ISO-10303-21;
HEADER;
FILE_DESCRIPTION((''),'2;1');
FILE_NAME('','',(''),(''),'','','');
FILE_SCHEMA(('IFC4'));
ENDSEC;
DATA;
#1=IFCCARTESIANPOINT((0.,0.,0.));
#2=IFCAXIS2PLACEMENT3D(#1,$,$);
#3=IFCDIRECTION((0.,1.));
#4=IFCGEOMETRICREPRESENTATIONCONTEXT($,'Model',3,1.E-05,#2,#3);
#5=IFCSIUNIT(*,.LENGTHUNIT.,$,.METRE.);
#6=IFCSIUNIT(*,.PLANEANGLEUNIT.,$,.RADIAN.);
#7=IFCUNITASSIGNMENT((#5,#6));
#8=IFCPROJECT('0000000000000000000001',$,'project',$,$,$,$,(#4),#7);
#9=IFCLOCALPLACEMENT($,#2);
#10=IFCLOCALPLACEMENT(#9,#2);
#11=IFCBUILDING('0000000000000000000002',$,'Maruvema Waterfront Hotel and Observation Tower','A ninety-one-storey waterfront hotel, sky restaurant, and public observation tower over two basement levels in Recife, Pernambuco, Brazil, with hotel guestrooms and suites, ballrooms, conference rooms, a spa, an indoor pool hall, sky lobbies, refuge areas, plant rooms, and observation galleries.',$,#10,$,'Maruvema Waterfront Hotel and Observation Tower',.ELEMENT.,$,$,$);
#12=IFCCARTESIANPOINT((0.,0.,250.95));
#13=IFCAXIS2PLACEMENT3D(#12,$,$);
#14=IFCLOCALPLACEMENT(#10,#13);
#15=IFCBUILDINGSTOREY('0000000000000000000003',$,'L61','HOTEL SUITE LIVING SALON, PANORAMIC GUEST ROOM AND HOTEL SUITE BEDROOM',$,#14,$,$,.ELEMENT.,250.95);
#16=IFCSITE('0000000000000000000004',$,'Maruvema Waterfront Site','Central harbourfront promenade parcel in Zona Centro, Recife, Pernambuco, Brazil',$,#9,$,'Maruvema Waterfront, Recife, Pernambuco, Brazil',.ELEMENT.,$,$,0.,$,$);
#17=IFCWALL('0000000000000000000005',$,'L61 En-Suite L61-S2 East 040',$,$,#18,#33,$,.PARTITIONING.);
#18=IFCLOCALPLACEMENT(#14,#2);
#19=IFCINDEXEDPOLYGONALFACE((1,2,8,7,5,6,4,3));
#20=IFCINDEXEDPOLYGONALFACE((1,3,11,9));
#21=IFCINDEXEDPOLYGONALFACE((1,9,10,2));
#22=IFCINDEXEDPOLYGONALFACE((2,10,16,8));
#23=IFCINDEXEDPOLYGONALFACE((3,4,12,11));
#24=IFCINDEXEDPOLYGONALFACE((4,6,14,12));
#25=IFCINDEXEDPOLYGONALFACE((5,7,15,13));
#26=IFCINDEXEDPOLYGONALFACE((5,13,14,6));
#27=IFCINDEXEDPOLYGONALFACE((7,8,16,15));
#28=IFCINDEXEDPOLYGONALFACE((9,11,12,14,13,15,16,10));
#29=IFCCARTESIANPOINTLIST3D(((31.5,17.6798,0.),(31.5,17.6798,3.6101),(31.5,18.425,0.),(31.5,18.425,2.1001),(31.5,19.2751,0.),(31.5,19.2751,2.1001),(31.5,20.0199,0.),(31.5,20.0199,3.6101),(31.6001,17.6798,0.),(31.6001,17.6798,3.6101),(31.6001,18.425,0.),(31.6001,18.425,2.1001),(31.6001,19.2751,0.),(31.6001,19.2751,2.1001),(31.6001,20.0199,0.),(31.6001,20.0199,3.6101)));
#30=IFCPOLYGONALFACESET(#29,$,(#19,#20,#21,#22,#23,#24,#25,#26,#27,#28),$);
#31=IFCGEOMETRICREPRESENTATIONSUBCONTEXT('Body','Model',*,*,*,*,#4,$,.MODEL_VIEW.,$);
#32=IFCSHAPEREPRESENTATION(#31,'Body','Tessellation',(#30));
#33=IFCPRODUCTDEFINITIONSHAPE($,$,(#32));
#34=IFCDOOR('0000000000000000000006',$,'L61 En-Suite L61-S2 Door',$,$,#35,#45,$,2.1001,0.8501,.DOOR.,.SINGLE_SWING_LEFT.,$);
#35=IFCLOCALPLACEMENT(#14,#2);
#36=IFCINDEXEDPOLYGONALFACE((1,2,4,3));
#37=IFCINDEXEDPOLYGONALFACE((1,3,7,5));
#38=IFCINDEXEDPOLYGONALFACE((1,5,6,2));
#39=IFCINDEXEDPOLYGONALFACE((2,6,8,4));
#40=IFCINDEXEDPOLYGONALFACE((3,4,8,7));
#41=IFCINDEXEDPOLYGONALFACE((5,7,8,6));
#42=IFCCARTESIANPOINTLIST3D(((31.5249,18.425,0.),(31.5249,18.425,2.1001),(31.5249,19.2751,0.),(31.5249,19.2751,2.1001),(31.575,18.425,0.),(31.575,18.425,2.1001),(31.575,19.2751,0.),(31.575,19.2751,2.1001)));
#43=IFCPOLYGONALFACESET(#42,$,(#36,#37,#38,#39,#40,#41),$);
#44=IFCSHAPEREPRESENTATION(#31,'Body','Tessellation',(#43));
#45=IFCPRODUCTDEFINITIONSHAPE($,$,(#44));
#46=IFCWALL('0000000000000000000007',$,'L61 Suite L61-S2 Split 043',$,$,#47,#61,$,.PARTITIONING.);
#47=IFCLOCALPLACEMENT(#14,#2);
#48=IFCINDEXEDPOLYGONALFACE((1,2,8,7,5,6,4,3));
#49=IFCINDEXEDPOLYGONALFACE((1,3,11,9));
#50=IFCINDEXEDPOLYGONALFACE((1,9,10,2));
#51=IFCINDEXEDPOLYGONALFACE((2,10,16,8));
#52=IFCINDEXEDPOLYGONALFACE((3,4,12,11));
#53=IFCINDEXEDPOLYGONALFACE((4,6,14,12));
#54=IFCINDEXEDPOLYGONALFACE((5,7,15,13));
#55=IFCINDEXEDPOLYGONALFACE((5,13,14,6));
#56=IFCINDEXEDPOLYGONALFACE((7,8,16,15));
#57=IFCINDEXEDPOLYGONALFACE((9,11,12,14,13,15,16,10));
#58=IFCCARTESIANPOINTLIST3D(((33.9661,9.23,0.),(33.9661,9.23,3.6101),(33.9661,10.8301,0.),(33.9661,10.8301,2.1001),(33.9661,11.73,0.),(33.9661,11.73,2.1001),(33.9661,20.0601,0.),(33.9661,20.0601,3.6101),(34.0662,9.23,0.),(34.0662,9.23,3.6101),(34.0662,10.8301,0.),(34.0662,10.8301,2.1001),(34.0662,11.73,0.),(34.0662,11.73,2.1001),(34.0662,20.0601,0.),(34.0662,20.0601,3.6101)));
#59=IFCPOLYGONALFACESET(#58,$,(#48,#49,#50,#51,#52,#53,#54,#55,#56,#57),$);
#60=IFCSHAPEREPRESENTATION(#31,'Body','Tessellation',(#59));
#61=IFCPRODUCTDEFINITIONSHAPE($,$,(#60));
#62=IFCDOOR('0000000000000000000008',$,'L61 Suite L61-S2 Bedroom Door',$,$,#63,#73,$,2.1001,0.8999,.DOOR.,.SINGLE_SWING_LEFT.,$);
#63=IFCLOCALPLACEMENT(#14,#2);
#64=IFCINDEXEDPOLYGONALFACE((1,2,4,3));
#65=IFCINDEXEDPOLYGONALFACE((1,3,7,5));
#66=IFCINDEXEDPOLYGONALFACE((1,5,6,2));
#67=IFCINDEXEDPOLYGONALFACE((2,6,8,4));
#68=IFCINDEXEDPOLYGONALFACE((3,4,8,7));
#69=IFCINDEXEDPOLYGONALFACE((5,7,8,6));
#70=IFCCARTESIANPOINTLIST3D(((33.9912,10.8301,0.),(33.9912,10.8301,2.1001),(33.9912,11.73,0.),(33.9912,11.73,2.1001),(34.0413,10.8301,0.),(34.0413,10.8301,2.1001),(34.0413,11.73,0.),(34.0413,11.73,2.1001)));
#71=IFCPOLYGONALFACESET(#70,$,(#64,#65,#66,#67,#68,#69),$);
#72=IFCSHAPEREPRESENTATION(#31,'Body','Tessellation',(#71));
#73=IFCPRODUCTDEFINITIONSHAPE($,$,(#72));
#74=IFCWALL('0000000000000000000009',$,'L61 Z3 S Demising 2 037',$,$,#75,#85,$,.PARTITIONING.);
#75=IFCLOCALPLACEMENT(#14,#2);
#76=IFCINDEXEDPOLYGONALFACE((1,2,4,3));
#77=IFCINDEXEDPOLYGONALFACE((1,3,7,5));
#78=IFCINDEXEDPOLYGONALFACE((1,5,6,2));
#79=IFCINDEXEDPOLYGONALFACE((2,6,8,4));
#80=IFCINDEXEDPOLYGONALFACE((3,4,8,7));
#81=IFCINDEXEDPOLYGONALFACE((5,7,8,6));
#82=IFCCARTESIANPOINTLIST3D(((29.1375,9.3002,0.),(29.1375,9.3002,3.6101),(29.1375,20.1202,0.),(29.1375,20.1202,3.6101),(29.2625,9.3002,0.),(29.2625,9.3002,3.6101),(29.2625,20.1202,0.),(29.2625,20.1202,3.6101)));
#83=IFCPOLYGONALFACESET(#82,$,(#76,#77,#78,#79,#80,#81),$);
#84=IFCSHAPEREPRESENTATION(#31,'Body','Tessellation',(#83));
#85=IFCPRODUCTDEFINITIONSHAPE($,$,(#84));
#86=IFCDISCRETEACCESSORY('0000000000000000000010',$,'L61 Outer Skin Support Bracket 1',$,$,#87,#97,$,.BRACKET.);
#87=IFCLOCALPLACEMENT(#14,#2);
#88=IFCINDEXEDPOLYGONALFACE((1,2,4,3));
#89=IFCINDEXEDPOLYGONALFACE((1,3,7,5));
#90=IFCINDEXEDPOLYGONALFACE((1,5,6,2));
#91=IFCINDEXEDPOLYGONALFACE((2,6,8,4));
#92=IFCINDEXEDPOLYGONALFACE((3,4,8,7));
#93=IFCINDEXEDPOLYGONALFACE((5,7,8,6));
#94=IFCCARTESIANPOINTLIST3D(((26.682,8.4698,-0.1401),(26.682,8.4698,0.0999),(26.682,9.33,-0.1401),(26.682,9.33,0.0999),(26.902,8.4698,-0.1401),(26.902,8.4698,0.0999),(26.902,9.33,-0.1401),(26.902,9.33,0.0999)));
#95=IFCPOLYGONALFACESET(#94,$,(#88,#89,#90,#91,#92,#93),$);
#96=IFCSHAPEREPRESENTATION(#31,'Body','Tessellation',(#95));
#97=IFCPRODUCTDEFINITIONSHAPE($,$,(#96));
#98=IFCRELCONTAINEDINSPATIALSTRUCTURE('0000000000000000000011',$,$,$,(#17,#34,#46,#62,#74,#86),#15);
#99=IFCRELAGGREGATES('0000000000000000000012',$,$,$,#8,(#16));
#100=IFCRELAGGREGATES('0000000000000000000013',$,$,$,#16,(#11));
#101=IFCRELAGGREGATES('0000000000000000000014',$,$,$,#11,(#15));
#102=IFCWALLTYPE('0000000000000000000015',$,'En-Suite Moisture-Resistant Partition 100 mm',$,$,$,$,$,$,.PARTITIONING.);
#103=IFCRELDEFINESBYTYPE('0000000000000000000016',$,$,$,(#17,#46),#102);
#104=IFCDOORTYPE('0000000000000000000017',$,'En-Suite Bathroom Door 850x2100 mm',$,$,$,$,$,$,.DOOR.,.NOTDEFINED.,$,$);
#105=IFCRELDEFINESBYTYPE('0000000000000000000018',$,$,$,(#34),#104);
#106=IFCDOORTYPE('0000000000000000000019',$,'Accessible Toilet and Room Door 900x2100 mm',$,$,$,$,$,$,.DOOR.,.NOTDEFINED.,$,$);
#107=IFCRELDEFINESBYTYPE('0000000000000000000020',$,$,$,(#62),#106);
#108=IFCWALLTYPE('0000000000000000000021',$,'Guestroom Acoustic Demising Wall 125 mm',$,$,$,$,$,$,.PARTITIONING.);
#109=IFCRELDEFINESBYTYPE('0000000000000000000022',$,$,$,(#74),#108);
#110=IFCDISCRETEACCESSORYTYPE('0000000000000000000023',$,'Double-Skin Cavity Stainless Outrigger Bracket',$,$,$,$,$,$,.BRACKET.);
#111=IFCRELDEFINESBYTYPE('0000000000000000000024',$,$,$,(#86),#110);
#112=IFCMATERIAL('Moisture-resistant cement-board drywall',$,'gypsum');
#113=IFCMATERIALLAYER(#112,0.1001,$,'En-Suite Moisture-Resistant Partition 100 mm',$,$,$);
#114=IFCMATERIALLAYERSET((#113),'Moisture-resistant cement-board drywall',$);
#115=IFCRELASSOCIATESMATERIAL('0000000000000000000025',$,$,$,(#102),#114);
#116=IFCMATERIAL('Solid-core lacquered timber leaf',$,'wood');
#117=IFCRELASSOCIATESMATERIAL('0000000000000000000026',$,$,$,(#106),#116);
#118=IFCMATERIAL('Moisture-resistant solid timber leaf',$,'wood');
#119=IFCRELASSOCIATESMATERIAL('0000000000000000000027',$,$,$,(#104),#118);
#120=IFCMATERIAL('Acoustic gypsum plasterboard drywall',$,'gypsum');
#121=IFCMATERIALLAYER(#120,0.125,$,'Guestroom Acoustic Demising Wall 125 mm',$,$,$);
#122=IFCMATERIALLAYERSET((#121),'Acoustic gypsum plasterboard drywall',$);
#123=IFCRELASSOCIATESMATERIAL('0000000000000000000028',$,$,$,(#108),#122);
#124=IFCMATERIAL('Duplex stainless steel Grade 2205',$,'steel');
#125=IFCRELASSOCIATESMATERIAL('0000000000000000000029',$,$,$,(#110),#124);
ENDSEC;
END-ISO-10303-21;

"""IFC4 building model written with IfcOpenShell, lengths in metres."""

from ifc_helpers import new_model, si_unit, direction, frame, frame_2d, origin, origin_2d, place, context, subcontext, project, spatial, rectangle, extrude, material, layer, layer_set, type_object, element, fill, save


model = new_model("IFC4")

# Units and contexts
model_context = context("Model", 3, precision=1e-05, world=origin(), true_north=direction((0.0, 1.0)))
body_context = subcontext(model_context, "Body", "Model", "MODEL_VIEW")
ifc_project = project(units=[si_unit("LENGTHUNIT", "METRE"), si_unit("PLANEANGLEUNIT", "RADIAN")], contexts=[model_context])

# Site, building, storey
site_placement = place(None, origin())
site = spatial("IfcSite", under=ifc_project, at=site_placement, Name="Maruvema Waterfront Site", Description="Central harbourfront promenade parcel in Zona Centro, Recife, Pernambuco, Brazil", LongName="Maruvema Waterfront, Recife, Pernambuco, Brazil", CompositionType="ELEMENT", RefElevation=0.0)
building_placement = place(site_placement, origin())
building = spatial("IfcBuilding", under=site, at=building_placement, Name="Maruvema Waterfront Hotel and Observation Tower", Description="A ninety-one-storey waterfront hotel, sky restaurant, and public observation tower over two basement levels in Recife, Pernambuco, Brazil, with hotel guestrooms and suites, ballrooms, conference rooms, a spa, an indoor pool hall, sky lobbies, refuge areas, plant rooms, and observation galleries.", LongName="Maruvema Waterfront Hotel and Observation Tower", CompositionType="ELEMENT")
storey_placement = place(building_placement, frame((0.0, 0.0, 250.95)))
storey = spatial("IfcBuildingStorey", under=building, at=storey_placement, Name="L61", Description="HOTEL SUITE LIVING SALON, PANORAMIC GUEST ROOM AND HOTEL SUITE BEDROOM", CompositionType="ELEMENT", Elevation=250.95)

# Shared definitions
ifc_material_1 = material(Name="Moisture-resistant cement-board drywall", Category="gypsum")
ifc_layer_1 = layer(ifc_material_1, 0.1001, Name="En-Suite Moisture-Resistant Partition 100 mm")
ifc_layer_set_1 = layer_set([ifc_layer_1], Name="Moisture-resistant cement-board drywall")
wall_type_1 = type_object("IfcWallType", Name="En-Suite Moisture-Resistant Partition 100 mm", PredefinedType="PARTITIONING", material=ifc_layer_set_1)
ifc_material_2 = material(Name="Solid-core lacquered timber leaf", Category="wood")
door_type_1 = type_object("IfcDoorType", Name="Accessible Toilet and Room Door 900x2100 mm", OperationType="NOTDEFINED", PredefinedType="DOOR", material=ifc_material_2)

# Walls, openings, doors
wall_1_placement = place(storey_placement, frame((31.55, 17.6799, 0.0), z_axis=(0.0, 0.0, 1.0), x_axis=(0.0, 1.0, 0.0)))
wall_1 = element("IfcWall", 1, at=wall_1_placement, inside=storey, type_object=wall_type_1, Name="L61 En-Suite L61-S2 East 040", PredefinedType="PARTITIONING", context=body_context, shape_type="SweptSolid", body=[
    extrude(rectangle(XDim=2.3401, YDim=0.1001, at=frame_2d((1.1699, 0.0))), origin(), (0.0, 0.0, 1.0), 3.6101),
])
opening_1_placement = place(wall_1_placement, frame((0.7451, 0.0, 0.0)))
opening_1 = element("IfcOpeningElement", 2, at=opening_1_placement, cuts=wall_1, PredefinedType="OPENING", context=body_context, shape_type="SweptSolid", body=[
    extrude(rectangle(XDim=0.8501, YDim=2.1001, at=frame_2d((0.425, 1.05))), frame((0.0, 0.0601, 0.0), z_axis=(0.0, -1.0, 0.0), x_axis=(1.0, 0.0, 0.0)), (0.0, 0.0, 1.0), 0.1201),
])
ifc_material_3 = material(Name="Moisture-resistant solid timber leaf", Category="wood")
door_type_2 = type_object("IfcDoorType", Name="En-Suite Bathroom Door 850x2100 mm", OperationType="NOTDEFINED", PredefinedType="DOOR", material=ifc_material_3)
door_1_placement = place(opening_1_placement, frame((0.8501, 0.0, 0.0), z_axis=(0.0, 0.0, 1.0), x_axis=(-1.0, 0.0, 0.0)))
door_1 = element("IfcDoor", 3, at=door_1_placement, inside=storey, type_object=door_type_2, Name="L61 En-Suite L61-S2 Door", OperationType="SINGLE_SWING_LEFT", OverallHeight=2.1001, OverallWidth=0.8501, PredefinedType="DOOR", context=body_context, shape_type="SweptSolid", body=[
    extrude(rectangle(XDim=0.8501, YDim=2.1001, at=frame_2d((0.425, 1.05))), frame((0.0, 0.0249, 0.0), z_axis=(0.0, -1.0, 0.0), x_axis=(1.0, 0.0, 0.0)), (0.0, 0.0, 1.0), 0.05),
])
fill(opening_1, door_1)
wall_2_placement = place(storey_placement, frame((34.0161, 9.23, 0.0), z_axis=(0.0, 0.0, 1.0), x_axis=(0.0, 1.0, 0.0)))
wall_2 = element("IfcWall", 4, at=wall_2_placement, inside=storey, type_object=wall_type_1, Name="L61 Suite L61-S2 Split 043", PredefinedType="PARTITIONING", context=body_context, shape_type="SweptSolid", body=[
    extrude(rectangle(XDim=10.8301, YDim=0.1001, at=frame_2d((5.415, 0.0))), origin(), (0.0, 0.0, 1.0), 3.6101),
])
opening_2_placement = place(wall_2_placement, frame((1.6001, 0.0, 0.0)))
opening_2 = element("IfcOpeningElement", 5, at=opening_2_placement, cuts=wall_2, PredefinedType="OPENING", context=body_context, shape_type="SweptSolid", body=[
    extrude(rectangle(XDim=0.8999, YDim=2.1001, at=frame_2d((0.45, 1.05))), frame((0.0, 0.0601, 0.0), z_axis=(0.0, -1.0, 0.0), x_axis=(1.0, 0.0, 0.0)), (0.0, 0.0, 1.0), 0.1201),
])
door_2_placement = place(opening_2_placement, origin())
door_2 = element("IfcDoor", 6, at=door_2_placement, inside=storey, type_object=door_type_1, Name="L61 Suite L61-S2 Bedroom Door", OperationType="SINGLE_SWING_LEFT", OverallHeight=2.1001, OverallWidth=0.8999, PredefinedType="DOOR", context=body_context, shape_type="SweptSolid", body=[
    extrude(rectangle(XDim=0.8999, YDim=2.1001, at=frame_2d((0.45, 1.05))), frame((0.0, 0.0249, 0.0), z_axis=(0.0, -1.0, 0.0), x_axis=(1.0, 0.0, 0.0)), (0.0, 0.0, 1.0), 0.05),
])
fill(opening_2, door_2)

# Wall
ifc_material_4 = material(Name="Acoustic gypsum plasterboard drywall", Category="gypsum")
ifc_layer_2 = layer(ifc_material_4, 0.125, Name="Guestroom Acoustic Demising Wall 125 mm")
ifc_layer_set_2 = layer_set([ifc_layer_2], Name="Acoustic gypsum plasterboard drywall")
wall_type_2 = type_object("IfcWallType", Name="Guestroom Acoustic Demising Wall 125 mm", PredefinedType="PARTITIONING", material=ifc_layer_set_2)
wall_3_placement = place(storey_placement, frame((29.2, 9.3, 0.0), z_axis=(0.0, 0.0, 1.0), x_axis=(0.0, 1.0, 0.0)))
element("IfcWall", 7, at=wall_3_placement, inside=storey, type_object=wall_type_2, Name="L61 Z3 S Demising 2 037", PredefinedType="PARTITIONING", context=body_context, shape_type="SweptSolid", body=[
    extrude(rectangle(XDim=10.8201, YDim=0.125, at=frame_2d((5.4102, 0.0))), origin(), (0.0, 0.0, 1.0), 3.6101),
])

# Discrete accessory
ifc_material_5 = material(Name="Duplex stainless steel Grade 2205", Category="steel")
discrete_accessory_type = type_object("IfcDiscreteAccessoryType", Name="Double-Skin Cavity Stainless Outrigger Bracket", PredefinedType="BRACKET", material=ifc_material_5)
discrete_accessory_placement = place(storey_placement, frame((26.792, 8.8999, -0.1401), z_axis=(0.0, 0.0, 1.0), x_axis=(1.0, 0.0, 0.0)))
element("IfcDiscreteAccessory", 8, at=discrete_accessory_placement, inside=storey, type_object=discrete_accessory_type, Name="L61 Outer Skin Support Bracket 1", PredefinedType="BRACKET", context=body_context, shape_type="SweptSolid", body=[
    extrude(rectangle(XDim=0.22, YDim=0.8601, at=origin_2d()), origin(), (0.0, 0.0, 1.0), 0.24),
])

save(model, "model.ifc")
